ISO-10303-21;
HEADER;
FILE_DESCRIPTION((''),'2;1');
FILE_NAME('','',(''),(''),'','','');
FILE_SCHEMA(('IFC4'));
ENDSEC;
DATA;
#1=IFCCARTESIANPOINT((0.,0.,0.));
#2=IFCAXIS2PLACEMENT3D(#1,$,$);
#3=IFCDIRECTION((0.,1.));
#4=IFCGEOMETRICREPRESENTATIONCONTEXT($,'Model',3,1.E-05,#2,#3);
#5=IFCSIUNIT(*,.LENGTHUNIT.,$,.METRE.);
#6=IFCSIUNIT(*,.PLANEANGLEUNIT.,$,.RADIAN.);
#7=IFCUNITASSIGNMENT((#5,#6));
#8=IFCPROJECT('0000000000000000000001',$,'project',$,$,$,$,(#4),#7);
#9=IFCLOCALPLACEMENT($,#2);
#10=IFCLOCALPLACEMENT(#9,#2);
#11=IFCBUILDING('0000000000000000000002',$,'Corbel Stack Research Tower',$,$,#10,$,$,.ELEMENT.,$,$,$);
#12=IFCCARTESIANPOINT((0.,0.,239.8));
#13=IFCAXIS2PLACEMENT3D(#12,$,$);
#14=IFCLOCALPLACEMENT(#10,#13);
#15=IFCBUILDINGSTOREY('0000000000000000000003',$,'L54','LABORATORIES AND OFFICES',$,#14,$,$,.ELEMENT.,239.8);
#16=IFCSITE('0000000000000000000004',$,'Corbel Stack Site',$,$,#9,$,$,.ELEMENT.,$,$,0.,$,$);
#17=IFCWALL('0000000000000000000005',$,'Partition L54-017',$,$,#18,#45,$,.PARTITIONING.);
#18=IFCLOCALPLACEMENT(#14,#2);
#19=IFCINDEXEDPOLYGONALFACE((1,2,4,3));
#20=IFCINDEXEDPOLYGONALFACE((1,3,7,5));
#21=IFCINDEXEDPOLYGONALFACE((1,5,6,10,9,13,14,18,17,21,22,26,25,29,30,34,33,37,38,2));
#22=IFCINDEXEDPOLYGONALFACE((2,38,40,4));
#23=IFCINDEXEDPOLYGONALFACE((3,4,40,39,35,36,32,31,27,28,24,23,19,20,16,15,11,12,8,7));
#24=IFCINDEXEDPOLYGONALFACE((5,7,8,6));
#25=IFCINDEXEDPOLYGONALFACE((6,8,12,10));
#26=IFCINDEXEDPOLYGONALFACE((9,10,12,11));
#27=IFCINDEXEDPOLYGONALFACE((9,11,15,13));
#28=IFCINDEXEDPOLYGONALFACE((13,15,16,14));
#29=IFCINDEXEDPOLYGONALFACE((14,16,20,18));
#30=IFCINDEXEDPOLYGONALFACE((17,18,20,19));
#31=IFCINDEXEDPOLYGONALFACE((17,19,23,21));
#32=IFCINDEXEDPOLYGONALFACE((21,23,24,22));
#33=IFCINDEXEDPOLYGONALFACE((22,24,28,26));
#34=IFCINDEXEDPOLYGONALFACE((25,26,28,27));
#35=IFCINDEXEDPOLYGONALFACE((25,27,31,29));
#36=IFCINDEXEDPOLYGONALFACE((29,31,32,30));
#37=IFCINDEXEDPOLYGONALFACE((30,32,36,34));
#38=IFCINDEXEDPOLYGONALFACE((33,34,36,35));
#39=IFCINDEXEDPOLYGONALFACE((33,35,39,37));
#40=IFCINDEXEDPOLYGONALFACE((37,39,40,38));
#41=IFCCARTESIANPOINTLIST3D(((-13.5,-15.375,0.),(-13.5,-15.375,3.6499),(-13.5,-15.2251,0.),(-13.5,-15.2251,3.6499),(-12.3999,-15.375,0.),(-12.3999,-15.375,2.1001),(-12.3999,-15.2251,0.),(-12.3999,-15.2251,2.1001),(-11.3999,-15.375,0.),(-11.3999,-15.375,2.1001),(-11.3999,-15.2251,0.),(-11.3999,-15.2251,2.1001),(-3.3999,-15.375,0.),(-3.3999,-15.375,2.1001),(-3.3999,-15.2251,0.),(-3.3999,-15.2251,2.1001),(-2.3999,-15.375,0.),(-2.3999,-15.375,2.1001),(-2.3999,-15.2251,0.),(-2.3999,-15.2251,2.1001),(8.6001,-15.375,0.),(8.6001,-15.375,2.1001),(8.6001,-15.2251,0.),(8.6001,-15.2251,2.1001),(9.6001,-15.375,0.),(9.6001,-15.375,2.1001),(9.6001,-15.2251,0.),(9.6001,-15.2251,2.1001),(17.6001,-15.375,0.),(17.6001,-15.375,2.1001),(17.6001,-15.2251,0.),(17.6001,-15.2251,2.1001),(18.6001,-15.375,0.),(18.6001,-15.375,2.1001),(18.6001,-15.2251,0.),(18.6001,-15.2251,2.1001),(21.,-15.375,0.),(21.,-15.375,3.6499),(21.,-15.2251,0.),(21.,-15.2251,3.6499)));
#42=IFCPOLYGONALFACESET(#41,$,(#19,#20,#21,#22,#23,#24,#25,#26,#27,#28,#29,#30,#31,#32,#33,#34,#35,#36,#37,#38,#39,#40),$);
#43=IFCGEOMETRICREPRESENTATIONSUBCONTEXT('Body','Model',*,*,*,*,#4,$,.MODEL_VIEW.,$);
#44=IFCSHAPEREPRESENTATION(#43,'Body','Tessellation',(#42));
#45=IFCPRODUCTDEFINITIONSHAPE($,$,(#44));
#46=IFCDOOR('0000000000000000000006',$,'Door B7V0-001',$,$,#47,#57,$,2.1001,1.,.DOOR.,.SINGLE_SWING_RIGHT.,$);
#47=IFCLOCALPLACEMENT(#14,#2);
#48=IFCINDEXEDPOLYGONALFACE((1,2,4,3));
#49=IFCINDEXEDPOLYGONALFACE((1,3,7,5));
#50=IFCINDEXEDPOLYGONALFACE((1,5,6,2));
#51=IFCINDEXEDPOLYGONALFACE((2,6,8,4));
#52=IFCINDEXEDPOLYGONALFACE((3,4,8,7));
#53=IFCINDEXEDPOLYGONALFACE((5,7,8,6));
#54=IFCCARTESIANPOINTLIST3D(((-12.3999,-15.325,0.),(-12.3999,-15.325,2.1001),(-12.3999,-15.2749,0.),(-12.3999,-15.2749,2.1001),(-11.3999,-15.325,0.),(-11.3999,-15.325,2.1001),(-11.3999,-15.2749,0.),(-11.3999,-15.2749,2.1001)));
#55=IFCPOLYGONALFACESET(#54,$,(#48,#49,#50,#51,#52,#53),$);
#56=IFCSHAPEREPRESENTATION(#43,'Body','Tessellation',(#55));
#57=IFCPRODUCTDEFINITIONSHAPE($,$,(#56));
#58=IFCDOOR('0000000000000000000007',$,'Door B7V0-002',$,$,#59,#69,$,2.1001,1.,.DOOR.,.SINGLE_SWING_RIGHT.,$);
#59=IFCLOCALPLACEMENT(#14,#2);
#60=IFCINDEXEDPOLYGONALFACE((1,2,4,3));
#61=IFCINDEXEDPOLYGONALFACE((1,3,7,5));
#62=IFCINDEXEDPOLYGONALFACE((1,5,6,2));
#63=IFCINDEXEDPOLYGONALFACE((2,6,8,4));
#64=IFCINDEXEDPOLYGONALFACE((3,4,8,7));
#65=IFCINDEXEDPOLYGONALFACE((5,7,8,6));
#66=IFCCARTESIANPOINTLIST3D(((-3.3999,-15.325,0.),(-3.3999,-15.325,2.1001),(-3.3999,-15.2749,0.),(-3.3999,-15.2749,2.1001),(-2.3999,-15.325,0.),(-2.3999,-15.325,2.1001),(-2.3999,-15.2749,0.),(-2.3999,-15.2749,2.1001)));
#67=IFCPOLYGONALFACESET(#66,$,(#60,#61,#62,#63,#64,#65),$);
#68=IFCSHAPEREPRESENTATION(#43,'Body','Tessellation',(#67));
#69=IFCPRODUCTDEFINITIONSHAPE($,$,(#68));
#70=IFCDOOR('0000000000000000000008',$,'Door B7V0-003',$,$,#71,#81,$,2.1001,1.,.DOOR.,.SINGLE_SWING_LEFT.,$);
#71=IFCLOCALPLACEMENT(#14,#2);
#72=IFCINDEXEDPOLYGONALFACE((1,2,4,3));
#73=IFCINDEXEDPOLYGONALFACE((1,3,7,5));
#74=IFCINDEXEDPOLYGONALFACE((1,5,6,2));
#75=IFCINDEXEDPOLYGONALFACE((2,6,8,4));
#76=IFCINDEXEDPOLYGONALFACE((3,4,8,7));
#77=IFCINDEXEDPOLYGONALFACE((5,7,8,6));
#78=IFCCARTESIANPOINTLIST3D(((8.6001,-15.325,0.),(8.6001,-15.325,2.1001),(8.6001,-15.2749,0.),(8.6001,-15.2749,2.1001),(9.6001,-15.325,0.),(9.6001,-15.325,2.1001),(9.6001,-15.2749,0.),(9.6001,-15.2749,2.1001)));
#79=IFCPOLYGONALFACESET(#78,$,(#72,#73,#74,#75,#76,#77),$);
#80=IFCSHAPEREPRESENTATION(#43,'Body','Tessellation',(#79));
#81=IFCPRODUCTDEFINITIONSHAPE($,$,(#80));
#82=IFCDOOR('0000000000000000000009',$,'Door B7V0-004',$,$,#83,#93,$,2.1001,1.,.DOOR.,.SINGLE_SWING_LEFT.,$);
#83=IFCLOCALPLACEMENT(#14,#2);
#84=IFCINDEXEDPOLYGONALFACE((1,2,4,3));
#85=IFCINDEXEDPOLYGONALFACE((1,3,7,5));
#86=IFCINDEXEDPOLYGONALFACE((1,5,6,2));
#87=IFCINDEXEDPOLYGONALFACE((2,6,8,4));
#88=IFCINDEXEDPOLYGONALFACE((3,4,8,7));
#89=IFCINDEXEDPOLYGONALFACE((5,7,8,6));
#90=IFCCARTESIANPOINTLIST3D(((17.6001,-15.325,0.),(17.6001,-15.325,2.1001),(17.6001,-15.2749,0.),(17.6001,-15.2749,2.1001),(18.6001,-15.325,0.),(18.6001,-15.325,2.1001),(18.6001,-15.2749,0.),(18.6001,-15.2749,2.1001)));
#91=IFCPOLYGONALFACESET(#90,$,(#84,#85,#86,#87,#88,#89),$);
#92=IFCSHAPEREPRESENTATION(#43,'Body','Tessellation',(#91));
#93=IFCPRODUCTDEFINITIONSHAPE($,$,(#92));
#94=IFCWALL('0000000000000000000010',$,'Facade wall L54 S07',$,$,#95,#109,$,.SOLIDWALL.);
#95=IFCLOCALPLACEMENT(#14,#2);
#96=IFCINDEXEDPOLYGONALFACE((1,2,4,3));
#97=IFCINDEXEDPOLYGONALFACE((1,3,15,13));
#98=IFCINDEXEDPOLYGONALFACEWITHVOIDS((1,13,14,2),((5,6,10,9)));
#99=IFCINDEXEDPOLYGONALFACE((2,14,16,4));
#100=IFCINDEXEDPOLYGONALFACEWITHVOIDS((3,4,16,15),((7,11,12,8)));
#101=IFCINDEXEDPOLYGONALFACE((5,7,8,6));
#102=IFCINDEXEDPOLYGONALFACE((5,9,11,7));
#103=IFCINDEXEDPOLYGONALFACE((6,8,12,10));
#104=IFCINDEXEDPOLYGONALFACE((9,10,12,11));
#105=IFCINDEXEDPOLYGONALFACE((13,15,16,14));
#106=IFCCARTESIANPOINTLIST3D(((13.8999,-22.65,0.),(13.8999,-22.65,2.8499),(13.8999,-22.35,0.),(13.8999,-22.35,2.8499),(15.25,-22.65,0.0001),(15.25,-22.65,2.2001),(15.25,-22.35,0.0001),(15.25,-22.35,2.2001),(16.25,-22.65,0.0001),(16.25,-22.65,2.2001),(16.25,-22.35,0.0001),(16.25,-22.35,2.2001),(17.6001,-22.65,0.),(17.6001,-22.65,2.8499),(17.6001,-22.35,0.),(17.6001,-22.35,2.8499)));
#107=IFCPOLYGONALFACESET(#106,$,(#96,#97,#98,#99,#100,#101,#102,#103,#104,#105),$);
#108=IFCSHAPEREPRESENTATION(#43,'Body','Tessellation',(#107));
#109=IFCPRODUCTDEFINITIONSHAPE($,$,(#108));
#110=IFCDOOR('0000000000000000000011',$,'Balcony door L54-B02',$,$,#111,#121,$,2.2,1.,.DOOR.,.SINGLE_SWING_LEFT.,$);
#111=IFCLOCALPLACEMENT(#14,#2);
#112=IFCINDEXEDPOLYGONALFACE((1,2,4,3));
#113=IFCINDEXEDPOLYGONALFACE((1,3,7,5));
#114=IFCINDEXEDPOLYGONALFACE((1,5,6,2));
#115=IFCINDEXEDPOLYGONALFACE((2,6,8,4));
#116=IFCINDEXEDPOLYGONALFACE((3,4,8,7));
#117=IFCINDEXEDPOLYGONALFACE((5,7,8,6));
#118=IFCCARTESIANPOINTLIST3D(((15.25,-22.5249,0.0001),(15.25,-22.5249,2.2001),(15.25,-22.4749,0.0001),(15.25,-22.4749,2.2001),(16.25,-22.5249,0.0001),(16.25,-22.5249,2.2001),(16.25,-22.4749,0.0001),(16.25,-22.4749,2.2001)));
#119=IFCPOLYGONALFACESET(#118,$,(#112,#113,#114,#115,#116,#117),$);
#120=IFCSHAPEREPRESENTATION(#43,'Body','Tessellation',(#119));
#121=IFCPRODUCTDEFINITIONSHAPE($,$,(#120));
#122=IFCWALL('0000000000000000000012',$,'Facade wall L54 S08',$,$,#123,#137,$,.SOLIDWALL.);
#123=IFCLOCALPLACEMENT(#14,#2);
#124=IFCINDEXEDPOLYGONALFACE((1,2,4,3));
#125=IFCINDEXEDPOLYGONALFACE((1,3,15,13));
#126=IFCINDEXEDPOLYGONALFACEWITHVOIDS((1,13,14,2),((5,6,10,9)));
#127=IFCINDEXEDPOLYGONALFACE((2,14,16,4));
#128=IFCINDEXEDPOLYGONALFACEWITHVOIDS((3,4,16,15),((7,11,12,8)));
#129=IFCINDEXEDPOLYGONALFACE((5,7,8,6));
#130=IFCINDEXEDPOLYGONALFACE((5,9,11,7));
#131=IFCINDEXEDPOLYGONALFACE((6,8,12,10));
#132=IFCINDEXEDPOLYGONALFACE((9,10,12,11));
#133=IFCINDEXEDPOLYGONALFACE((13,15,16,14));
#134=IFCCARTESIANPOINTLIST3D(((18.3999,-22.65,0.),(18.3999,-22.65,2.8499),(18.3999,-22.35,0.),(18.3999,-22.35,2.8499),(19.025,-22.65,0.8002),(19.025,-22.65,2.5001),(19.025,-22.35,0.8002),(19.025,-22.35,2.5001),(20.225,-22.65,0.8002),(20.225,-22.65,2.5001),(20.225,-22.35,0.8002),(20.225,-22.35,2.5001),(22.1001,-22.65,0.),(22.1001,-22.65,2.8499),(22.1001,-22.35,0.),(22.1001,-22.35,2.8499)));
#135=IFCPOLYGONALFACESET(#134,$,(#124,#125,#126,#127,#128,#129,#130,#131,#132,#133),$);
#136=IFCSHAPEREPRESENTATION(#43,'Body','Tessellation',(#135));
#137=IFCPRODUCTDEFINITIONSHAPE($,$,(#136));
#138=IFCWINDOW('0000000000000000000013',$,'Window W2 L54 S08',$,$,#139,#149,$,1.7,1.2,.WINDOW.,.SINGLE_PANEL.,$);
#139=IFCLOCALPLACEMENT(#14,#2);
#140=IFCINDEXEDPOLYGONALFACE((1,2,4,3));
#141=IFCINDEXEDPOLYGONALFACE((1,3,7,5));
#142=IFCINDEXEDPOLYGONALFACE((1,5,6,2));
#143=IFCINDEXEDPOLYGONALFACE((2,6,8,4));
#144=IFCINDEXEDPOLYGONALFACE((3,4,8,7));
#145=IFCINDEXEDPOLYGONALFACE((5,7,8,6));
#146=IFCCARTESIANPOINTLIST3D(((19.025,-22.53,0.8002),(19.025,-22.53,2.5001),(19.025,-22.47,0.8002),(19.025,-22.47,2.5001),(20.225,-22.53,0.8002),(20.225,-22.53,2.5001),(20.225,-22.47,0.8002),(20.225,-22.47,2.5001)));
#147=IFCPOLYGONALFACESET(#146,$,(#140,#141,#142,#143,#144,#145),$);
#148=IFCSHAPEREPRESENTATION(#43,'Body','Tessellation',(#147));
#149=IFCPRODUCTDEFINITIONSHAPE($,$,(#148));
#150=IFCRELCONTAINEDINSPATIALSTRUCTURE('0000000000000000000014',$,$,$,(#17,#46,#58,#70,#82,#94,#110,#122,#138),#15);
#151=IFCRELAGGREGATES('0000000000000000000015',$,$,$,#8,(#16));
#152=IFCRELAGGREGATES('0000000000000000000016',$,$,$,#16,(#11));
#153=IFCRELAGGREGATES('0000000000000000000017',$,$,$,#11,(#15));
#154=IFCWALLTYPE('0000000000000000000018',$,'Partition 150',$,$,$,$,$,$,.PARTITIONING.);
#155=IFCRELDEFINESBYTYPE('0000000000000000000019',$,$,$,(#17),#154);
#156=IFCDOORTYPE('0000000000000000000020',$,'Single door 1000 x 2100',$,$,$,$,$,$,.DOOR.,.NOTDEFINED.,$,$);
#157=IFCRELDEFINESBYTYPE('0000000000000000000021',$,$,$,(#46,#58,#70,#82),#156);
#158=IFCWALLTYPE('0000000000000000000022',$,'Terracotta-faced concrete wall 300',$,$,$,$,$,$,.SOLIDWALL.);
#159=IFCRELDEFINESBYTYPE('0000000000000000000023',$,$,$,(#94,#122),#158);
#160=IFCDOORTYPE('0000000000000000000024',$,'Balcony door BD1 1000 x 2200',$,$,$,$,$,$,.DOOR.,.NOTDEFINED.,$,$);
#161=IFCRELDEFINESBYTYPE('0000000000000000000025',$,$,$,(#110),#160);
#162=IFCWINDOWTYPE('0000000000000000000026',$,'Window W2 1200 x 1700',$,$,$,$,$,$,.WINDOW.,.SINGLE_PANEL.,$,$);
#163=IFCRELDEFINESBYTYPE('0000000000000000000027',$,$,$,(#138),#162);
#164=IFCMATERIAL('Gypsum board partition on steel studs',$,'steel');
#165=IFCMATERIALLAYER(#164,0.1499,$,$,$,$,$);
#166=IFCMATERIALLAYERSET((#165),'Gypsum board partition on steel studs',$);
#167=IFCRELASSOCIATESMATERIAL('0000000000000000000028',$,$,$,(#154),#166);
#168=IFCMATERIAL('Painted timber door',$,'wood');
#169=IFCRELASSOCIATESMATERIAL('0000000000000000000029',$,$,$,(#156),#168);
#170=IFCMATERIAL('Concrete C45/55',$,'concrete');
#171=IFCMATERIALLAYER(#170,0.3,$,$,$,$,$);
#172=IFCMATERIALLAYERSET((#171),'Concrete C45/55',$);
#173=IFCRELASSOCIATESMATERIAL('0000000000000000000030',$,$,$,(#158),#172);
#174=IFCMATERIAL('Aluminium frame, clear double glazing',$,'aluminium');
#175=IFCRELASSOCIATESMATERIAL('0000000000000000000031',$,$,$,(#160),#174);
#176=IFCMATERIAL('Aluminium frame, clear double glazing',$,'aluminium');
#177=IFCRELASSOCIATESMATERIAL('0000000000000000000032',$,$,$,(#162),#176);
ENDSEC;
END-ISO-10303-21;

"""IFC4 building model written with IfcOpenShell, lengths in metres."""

from ifc_helpers import new_model, si_unit, direction, frame, frame_2d, origin, place, context, subcontext, project, spatial, rectangle, extrude, material, layer, layer_set, type_object, element, fill, save


model = new_model("IFC4")

# Units and contexts
model_context = context("Model", 3, precision=1e-05, world=origin(), true_north=direction((0.0, 1.0)))
body_context = subcontext(model_context, "Body", "Model", "MODEL_VIEW")
ifc_project = project(units=[si_unit("LENGTHUNIT", "METRE"), si_unit("PLANEANGLEUNIT", "RADIAN")], contexts=[model_context])

# Site, building, storey
site_placement = place(None, origin())
site = spatial("IfcSite", under=ifc_project, at=site_placement, Name="Corbel Stack Site", CompositionType="ELEMENT", RefElevation=0.0)
building_placement = place(site_placement, origin())
building = spatial("IfcBuilding", under=site, at=building_placement, Name="Corbel Stack Research Tower", CompositionType="ELEMENT")
storey_placement = place(building_placement, frame((0.0, 0.0, 239.8)))
storey = spatial("IfcBuildingStorey", under=building, at=storey_placement, Name="L54", Description="LABORATORIES AND OFFICES", CompositionType="ELEMENT", Elevation=239.8)

# Wall, openings, doors
ifc_material_1 = material(Name="Gypsum board partition on steel studs", Category="steel")
ifc_layer_1 = layer(ifc_material_1, 0.1499)
ifc_layer_set_1 = layer_set([ifc_layer_1], Name="Gypsum board partition on steel studs")
wall_type_1 = type_object("IfcWallType", Name="Partition 150", PredefinedType="PARTITIONING", material=ifc_layer_set_1)
wall_1_placement = place(storey_placement, frame((21.0, -15.3, 0.0), z_axis=(0.0, 0.0, 1.0), x_axis=(-1.0, 0.0, 0.0)))
wall_1 = element("IfcWall", 1, at=wall_1_placement, inside=storey, type_object=wall_type_1, Name="Partition L54-017", PredefinedType="PARTITIONING", context=body_context, shape_type="SweptSolid", body=[
    extrude(rectangle(XDim=34.5, YDim=0.1499, at=frame_2d((17.25, 0.0))), origin(), (0.0, 0.0, 1.0), 3.6499),
])
opening_1_placement = place(wall_1_placement, frame((32.3999, 0.0, 0.0)))
opening_1 = element("IfcOpeningElement", 2, at=opening_1_placement, cuts=wall_1, PredefinedType="OPENING", context=body_context, shape_type="SweptSolid", body=[
    extrude(rectangle(XDim=1.0, YDim=2.1001, at=frame_2d((0.5, 1.05))), frame((0.0, 0.085, 0.0), z_axis=(0.0, -1.0, 0.0), x_axis=(1.0, 0.0, 0.0)), (0.0, 0.0, 1.0), 0.1699),
])
opening_2_placement = place(wall_1_placement, frame((23.3999, 0.0, 0.0)))
opening_2 = element("IfcOpeningElement", 3, at=opening_2_placement, cuts=wall_1, PredefinedType="OPENING", context=body_context, shape_type="SweptSolid", body=[
    extrude(rectangle(XDim=1.0, YDim=2.1001, at=frame_2d((0.5, 1.05))), frame((0.0, 0.085, 0.0), z_axis=(0.0, -1.0, 0.0), x_axis=(1.0, 0.0, 0.0)), (0.0, 0.0, 1.0), 0.1699),
])
opening_3_placement = place(wall_1_placement, frame((11.3999, 0.0, 0.0)))
opening_3 = element("IfcOpeningElement", 4, at=opening_3_placement, cuts=wall_1, PredefinedType="OPENING", context=body_context, shape_type="SweptSolid", body=[
    extrude(rectangle(XDim=1.0, YDim=2.1001, at=frame_2d((0.5, 1.05))), frame((0.0, 0.085, 0.0), z_axis=(0.0, -1.0, 0.0), x_axis=(1.0, 0.0, 0.0)), (0.0, 0.0, 1.0), 0.1699),
])
opening_4_placement = place(wall_1_placement, frame((2.3999, 0.0, 0.0)))
opening_4 = element("IfcOpeningElement", 5, at=opening_4_placement, cuts=wall_1, PredefinedType="OPENING", context=body_context, shape_type="SweptSolid", body=[
    extrude(rectangle(XDim=1.0, YDim=2.1001, at=frame_2d((0.5, 1.05))), frame((0.0, 0.085, 0.0), z_axis=(0.0, -1.0, 0.0), x_axis=(1.0, 0.0, 0.0)), (0.0, 0.0, 1.0), 0.1699),
])
ifc_material_2 = material(Name="Painted timber door", Category="wood")
door_type_1 = type_object("IfcDoorType", Name="Single door 1000 x 2100", OperationType="NOTDEFINED", PredefinedType="DOOR", material=ifc_material_2)
door_1_placement = place(opening_1_placement, origin())
door_1 = element("IfcDoor", 6, at=door_1_placement, inside=storey, type_object=door_type_1, Name="Door B7V0-001", OperationType="SINGLE_SWING_RIGHT", OverallHeight=2.1001, OverallWidth=1.0, PredefinedType="DOOR", context=body_context, shape_type="SweptSolid", body=[
    extrude(rectangle(XDim=1.0, YDim=2.1001, at=frame_2d((0.5, 1.05))), frame((0.0, 0.0249, 0.0), z_axis=(0.0, -1.0, 0.0), x_axis=(1.0, 0.0, 0.0)), (0.0, 0.0, 1.0), 0.05),
])
fill(opening_1, door_1)
door_2_placement = place(opening_2_placement, origin())
door_2 = element("IfcDoor", 7, at=door_2_placement, inside=storey, type_object=door_type_1, Name="Door B7V0-002", OperationType="SINGLE_SWING_RIGHT", OverallHeight=2.1001, OverallWidth=1.0, PredefinedType="DOOR", context=body_context, shape_type="SweptSolid", body=[
    extrude(rectangle(XDim=1.0, YDim=2.1001, at=frame_2d((0.5, 1.05))), frame((0.0, 0.0249, 0.0), z_axis=(0.0, -1.0, 0.0), x_axis=(1.0, 0.0, 0.0)), (0.0, 0.0, 1.0), 0.05),
])
fill(opening_2, door_2)
door_3_placement = place(opening_3_placement, origin())
door_3 = element("IfcDoor", 8, at=door_3_placement, inside=storey, type_object=door_type_1, Name="Door B7V0-003", OperationType="SINGLE_SWING_LEFT", OverallHeight=2.1001, OverallWidth=1.0, PredefinedType="DOOR", context=body_context, shape_type="SweptSolid", body=[
    extrude(rectangle(XDim=1.0, YDim=2.1001, at=frame_2d((0.5, 1.05))), frame((0.0, 0.0249, 0.0), z_axis=(0.0, -1.0, 0.0), x_axis=(1.0, 0.0, 0.0)), (0.0, 0.0, 1.0), 0.05),
])
fill(opening_3, door_3)
door_4_placement = place(opening_4_placement, origin())
door_4 = element("IfcDoor", 9, at=door_4_placement, inside=storey, type_object=door_type_1, Name="Door B7V0-004", OperationType="SINGLE_SWING_LEFT", OverallHeight=2.1001, OverallWidth=1.0, PredefinedType="DOOR", context=body_context, shape_type="SweptSolid", body=[
    extrude(rectangle(XDim=1.0, YDim=2.1001, at=frame_2d((0.5, 1.05))), frame((0.0, 0.0249, 0.0), z_axis=(0.0, -1.0, 0.0), x_axis=(1.0, 0.0, 0.0)), (0.0, 0.0, 1.0), 0.05),
])
fill(opening_4, door_4)

# Wall, opening, door
ifc_material_3 = material(Name="Concrete C45/55", Category="concrete")
ifc_layer_2 = layer(ifc_material_3, 0.3)
ifc_layer_set_2 = layer_set([ifc_layer_2], Name="Concrete C45/55")
wall_type_2 = type_object("IfcWallType", Name="Terracotta-faced concrete wall 300", PredefinedType="SOLIDWALL", material=ifc_layer_set_2)
wall_2_placement = place(storey_placement, frame((17.6001, -22.5, 0.0), z_axis=(0.0, 0.0, 1.0), x_axis=(-1.0, 0.0, 0.0)))
wall_2 = element("IfcWall", 10, at=wall_2_placement, inside=storey, type_object=wall_type_2, Name="Facade wall L54 S07", PredefinedType="SOLIDWALL", context=body_context, shape_type="SweptSolid", body=[
    extrude(rectangle(XDim=3.7002, YDim=0.3, at=frame_2d((1.8501, 0.0))), origin(), (0.0, 0.0, 1.0), 2.8499),
])
opening_5_placement = place(wall_2_placement, frame((1.3501, 0.0, 0.0)))
opening_5 = element("IfcOpeningElement", 11, at=opening_5_placement, cuts=wall_2, PredefinedType="OPENING", context=body_context, shape_type="SweptSolid", body=[
    extrude(rectangle(XDim=1.0, YDim=2.2, at=frame_2d((0.5, 1.1001))), frame((0.0, 0.1599, 0.0), z_axis=(0.0, -1.0, 0.0), x_axis=(1.0, 0.0, 0.0)), (0.0, 0.0, 1.0), 0.3201),
])
ifc_material_4 = material(Name="Aluminium frame, clear double glazing", Category="aluminium")
door_type_2 = type_object("IfcDoorType", Name="Balcony door BD1 1000 x 2200", OperationType="NOTDEFINED", PredefinedType="DOOR", material=ifc_material_4)
door_5_placement = place(opening_5_placement, origin())
door_5 = element("IfcDoor", 12, at=door_5_placement, inside=storey, type_object=door_type_2, Name="Balcony door L54-B02", OperationType="SINGLE_SWING_LEFT", OverallHeight=2.2, OverallWidth=1.0, PredefinedType="DOOR", context=body_context, shape_type="SweptSolid", body=[
    extrude(rectangle(XDim=1.0, YDim=2.2, at=frame_2d((0.5, 1.1001))), frame((0.0, 0.0249, 0.0), z_axis=(0.0, -1.0, 0.0), x_axis=(1.0, 0.0, 0.0)), (0.0, 0.0, 1.0), 0.05),
])
fill(opening_5, door_5)

# Wall, opening, window
wall_3_placement = place(storey_placement, frame((22.1001, -22.5, 0.0), z_axis=(0.0, 0.0, 1.0), x_axis=(-1.0, 0.0, 0.0)))
wall_3 = element("IfcWall", 13, at=wall_3_placement, inside=storey, type_object=wall_type_2, Name="Facade wall L54 S08", PredefinedType="SOLIDWALL", context=body_context, shape_type="SweptSolid", body=[
    extrude(rectangle(XDim=3.7002, YDim=0.3, at=frame_2d((1.8501, 0.0))), origin(), (0.0, 0.0, 1.0), 2.8499),
])
opening_6_placement = place(wall_3_placement, frame((1.875, 0.0, 0.8)))
opening_6 = element("IfcOpeningElement", 14, at=opening_6_placement, cuts=wall_3, PredefinedType="OPENING", context=body_context, shape_type="SweptSolid", body=[
    extrude(rectangle(XDim=1.2, YDim=1.7, at=frame_2d((0.6001, 0.8501))), frame((0.0, 0.1599, 0.0), z_axis=(0.0, -1.0, 0.0), x_axis=(1.0, 0.0, 0.0)), (0.0, 0.0, 1.0), 0.3201),
])
ifc_material_5 = material(Name="Aluminium frame, clear double glazing", Category="aluminium")
window_type_1 = type_object("IfcWindowType", Name="Window W2 1200 x 1700", PartitioningType="SINGLE_PANEL", PredefinedType="WINDOW", material=ifc_material_5)
window_1_placement = place(opening_6_placement, origin())
window_1 = element("IfcWindow", 15, at=window_1_placement, inside=storey, type_object=window_type_1, Name="Window W2 L54 S08", OverallHeight=1.7, OverallWidth=1.2, PartitioningType="SINGLE_PANEL", PredefinedType="WINDOW", context=body_context, shape_type="SweptSolid", body=[
    extrude(rectangle(XDim=1.2, YDim=1.7, at=frame_2d((0.6001, 0.8501))), frame((0.0, 0.03, 0.0), z_axis=(0.0, -1.0, 0.0), x_axis=(1.0, 0.0, 0.0)), (0.0, 0.0, 1.0), 0.0601),
])
fill(opening_6, window_1)

save(model, "model.ifc")
